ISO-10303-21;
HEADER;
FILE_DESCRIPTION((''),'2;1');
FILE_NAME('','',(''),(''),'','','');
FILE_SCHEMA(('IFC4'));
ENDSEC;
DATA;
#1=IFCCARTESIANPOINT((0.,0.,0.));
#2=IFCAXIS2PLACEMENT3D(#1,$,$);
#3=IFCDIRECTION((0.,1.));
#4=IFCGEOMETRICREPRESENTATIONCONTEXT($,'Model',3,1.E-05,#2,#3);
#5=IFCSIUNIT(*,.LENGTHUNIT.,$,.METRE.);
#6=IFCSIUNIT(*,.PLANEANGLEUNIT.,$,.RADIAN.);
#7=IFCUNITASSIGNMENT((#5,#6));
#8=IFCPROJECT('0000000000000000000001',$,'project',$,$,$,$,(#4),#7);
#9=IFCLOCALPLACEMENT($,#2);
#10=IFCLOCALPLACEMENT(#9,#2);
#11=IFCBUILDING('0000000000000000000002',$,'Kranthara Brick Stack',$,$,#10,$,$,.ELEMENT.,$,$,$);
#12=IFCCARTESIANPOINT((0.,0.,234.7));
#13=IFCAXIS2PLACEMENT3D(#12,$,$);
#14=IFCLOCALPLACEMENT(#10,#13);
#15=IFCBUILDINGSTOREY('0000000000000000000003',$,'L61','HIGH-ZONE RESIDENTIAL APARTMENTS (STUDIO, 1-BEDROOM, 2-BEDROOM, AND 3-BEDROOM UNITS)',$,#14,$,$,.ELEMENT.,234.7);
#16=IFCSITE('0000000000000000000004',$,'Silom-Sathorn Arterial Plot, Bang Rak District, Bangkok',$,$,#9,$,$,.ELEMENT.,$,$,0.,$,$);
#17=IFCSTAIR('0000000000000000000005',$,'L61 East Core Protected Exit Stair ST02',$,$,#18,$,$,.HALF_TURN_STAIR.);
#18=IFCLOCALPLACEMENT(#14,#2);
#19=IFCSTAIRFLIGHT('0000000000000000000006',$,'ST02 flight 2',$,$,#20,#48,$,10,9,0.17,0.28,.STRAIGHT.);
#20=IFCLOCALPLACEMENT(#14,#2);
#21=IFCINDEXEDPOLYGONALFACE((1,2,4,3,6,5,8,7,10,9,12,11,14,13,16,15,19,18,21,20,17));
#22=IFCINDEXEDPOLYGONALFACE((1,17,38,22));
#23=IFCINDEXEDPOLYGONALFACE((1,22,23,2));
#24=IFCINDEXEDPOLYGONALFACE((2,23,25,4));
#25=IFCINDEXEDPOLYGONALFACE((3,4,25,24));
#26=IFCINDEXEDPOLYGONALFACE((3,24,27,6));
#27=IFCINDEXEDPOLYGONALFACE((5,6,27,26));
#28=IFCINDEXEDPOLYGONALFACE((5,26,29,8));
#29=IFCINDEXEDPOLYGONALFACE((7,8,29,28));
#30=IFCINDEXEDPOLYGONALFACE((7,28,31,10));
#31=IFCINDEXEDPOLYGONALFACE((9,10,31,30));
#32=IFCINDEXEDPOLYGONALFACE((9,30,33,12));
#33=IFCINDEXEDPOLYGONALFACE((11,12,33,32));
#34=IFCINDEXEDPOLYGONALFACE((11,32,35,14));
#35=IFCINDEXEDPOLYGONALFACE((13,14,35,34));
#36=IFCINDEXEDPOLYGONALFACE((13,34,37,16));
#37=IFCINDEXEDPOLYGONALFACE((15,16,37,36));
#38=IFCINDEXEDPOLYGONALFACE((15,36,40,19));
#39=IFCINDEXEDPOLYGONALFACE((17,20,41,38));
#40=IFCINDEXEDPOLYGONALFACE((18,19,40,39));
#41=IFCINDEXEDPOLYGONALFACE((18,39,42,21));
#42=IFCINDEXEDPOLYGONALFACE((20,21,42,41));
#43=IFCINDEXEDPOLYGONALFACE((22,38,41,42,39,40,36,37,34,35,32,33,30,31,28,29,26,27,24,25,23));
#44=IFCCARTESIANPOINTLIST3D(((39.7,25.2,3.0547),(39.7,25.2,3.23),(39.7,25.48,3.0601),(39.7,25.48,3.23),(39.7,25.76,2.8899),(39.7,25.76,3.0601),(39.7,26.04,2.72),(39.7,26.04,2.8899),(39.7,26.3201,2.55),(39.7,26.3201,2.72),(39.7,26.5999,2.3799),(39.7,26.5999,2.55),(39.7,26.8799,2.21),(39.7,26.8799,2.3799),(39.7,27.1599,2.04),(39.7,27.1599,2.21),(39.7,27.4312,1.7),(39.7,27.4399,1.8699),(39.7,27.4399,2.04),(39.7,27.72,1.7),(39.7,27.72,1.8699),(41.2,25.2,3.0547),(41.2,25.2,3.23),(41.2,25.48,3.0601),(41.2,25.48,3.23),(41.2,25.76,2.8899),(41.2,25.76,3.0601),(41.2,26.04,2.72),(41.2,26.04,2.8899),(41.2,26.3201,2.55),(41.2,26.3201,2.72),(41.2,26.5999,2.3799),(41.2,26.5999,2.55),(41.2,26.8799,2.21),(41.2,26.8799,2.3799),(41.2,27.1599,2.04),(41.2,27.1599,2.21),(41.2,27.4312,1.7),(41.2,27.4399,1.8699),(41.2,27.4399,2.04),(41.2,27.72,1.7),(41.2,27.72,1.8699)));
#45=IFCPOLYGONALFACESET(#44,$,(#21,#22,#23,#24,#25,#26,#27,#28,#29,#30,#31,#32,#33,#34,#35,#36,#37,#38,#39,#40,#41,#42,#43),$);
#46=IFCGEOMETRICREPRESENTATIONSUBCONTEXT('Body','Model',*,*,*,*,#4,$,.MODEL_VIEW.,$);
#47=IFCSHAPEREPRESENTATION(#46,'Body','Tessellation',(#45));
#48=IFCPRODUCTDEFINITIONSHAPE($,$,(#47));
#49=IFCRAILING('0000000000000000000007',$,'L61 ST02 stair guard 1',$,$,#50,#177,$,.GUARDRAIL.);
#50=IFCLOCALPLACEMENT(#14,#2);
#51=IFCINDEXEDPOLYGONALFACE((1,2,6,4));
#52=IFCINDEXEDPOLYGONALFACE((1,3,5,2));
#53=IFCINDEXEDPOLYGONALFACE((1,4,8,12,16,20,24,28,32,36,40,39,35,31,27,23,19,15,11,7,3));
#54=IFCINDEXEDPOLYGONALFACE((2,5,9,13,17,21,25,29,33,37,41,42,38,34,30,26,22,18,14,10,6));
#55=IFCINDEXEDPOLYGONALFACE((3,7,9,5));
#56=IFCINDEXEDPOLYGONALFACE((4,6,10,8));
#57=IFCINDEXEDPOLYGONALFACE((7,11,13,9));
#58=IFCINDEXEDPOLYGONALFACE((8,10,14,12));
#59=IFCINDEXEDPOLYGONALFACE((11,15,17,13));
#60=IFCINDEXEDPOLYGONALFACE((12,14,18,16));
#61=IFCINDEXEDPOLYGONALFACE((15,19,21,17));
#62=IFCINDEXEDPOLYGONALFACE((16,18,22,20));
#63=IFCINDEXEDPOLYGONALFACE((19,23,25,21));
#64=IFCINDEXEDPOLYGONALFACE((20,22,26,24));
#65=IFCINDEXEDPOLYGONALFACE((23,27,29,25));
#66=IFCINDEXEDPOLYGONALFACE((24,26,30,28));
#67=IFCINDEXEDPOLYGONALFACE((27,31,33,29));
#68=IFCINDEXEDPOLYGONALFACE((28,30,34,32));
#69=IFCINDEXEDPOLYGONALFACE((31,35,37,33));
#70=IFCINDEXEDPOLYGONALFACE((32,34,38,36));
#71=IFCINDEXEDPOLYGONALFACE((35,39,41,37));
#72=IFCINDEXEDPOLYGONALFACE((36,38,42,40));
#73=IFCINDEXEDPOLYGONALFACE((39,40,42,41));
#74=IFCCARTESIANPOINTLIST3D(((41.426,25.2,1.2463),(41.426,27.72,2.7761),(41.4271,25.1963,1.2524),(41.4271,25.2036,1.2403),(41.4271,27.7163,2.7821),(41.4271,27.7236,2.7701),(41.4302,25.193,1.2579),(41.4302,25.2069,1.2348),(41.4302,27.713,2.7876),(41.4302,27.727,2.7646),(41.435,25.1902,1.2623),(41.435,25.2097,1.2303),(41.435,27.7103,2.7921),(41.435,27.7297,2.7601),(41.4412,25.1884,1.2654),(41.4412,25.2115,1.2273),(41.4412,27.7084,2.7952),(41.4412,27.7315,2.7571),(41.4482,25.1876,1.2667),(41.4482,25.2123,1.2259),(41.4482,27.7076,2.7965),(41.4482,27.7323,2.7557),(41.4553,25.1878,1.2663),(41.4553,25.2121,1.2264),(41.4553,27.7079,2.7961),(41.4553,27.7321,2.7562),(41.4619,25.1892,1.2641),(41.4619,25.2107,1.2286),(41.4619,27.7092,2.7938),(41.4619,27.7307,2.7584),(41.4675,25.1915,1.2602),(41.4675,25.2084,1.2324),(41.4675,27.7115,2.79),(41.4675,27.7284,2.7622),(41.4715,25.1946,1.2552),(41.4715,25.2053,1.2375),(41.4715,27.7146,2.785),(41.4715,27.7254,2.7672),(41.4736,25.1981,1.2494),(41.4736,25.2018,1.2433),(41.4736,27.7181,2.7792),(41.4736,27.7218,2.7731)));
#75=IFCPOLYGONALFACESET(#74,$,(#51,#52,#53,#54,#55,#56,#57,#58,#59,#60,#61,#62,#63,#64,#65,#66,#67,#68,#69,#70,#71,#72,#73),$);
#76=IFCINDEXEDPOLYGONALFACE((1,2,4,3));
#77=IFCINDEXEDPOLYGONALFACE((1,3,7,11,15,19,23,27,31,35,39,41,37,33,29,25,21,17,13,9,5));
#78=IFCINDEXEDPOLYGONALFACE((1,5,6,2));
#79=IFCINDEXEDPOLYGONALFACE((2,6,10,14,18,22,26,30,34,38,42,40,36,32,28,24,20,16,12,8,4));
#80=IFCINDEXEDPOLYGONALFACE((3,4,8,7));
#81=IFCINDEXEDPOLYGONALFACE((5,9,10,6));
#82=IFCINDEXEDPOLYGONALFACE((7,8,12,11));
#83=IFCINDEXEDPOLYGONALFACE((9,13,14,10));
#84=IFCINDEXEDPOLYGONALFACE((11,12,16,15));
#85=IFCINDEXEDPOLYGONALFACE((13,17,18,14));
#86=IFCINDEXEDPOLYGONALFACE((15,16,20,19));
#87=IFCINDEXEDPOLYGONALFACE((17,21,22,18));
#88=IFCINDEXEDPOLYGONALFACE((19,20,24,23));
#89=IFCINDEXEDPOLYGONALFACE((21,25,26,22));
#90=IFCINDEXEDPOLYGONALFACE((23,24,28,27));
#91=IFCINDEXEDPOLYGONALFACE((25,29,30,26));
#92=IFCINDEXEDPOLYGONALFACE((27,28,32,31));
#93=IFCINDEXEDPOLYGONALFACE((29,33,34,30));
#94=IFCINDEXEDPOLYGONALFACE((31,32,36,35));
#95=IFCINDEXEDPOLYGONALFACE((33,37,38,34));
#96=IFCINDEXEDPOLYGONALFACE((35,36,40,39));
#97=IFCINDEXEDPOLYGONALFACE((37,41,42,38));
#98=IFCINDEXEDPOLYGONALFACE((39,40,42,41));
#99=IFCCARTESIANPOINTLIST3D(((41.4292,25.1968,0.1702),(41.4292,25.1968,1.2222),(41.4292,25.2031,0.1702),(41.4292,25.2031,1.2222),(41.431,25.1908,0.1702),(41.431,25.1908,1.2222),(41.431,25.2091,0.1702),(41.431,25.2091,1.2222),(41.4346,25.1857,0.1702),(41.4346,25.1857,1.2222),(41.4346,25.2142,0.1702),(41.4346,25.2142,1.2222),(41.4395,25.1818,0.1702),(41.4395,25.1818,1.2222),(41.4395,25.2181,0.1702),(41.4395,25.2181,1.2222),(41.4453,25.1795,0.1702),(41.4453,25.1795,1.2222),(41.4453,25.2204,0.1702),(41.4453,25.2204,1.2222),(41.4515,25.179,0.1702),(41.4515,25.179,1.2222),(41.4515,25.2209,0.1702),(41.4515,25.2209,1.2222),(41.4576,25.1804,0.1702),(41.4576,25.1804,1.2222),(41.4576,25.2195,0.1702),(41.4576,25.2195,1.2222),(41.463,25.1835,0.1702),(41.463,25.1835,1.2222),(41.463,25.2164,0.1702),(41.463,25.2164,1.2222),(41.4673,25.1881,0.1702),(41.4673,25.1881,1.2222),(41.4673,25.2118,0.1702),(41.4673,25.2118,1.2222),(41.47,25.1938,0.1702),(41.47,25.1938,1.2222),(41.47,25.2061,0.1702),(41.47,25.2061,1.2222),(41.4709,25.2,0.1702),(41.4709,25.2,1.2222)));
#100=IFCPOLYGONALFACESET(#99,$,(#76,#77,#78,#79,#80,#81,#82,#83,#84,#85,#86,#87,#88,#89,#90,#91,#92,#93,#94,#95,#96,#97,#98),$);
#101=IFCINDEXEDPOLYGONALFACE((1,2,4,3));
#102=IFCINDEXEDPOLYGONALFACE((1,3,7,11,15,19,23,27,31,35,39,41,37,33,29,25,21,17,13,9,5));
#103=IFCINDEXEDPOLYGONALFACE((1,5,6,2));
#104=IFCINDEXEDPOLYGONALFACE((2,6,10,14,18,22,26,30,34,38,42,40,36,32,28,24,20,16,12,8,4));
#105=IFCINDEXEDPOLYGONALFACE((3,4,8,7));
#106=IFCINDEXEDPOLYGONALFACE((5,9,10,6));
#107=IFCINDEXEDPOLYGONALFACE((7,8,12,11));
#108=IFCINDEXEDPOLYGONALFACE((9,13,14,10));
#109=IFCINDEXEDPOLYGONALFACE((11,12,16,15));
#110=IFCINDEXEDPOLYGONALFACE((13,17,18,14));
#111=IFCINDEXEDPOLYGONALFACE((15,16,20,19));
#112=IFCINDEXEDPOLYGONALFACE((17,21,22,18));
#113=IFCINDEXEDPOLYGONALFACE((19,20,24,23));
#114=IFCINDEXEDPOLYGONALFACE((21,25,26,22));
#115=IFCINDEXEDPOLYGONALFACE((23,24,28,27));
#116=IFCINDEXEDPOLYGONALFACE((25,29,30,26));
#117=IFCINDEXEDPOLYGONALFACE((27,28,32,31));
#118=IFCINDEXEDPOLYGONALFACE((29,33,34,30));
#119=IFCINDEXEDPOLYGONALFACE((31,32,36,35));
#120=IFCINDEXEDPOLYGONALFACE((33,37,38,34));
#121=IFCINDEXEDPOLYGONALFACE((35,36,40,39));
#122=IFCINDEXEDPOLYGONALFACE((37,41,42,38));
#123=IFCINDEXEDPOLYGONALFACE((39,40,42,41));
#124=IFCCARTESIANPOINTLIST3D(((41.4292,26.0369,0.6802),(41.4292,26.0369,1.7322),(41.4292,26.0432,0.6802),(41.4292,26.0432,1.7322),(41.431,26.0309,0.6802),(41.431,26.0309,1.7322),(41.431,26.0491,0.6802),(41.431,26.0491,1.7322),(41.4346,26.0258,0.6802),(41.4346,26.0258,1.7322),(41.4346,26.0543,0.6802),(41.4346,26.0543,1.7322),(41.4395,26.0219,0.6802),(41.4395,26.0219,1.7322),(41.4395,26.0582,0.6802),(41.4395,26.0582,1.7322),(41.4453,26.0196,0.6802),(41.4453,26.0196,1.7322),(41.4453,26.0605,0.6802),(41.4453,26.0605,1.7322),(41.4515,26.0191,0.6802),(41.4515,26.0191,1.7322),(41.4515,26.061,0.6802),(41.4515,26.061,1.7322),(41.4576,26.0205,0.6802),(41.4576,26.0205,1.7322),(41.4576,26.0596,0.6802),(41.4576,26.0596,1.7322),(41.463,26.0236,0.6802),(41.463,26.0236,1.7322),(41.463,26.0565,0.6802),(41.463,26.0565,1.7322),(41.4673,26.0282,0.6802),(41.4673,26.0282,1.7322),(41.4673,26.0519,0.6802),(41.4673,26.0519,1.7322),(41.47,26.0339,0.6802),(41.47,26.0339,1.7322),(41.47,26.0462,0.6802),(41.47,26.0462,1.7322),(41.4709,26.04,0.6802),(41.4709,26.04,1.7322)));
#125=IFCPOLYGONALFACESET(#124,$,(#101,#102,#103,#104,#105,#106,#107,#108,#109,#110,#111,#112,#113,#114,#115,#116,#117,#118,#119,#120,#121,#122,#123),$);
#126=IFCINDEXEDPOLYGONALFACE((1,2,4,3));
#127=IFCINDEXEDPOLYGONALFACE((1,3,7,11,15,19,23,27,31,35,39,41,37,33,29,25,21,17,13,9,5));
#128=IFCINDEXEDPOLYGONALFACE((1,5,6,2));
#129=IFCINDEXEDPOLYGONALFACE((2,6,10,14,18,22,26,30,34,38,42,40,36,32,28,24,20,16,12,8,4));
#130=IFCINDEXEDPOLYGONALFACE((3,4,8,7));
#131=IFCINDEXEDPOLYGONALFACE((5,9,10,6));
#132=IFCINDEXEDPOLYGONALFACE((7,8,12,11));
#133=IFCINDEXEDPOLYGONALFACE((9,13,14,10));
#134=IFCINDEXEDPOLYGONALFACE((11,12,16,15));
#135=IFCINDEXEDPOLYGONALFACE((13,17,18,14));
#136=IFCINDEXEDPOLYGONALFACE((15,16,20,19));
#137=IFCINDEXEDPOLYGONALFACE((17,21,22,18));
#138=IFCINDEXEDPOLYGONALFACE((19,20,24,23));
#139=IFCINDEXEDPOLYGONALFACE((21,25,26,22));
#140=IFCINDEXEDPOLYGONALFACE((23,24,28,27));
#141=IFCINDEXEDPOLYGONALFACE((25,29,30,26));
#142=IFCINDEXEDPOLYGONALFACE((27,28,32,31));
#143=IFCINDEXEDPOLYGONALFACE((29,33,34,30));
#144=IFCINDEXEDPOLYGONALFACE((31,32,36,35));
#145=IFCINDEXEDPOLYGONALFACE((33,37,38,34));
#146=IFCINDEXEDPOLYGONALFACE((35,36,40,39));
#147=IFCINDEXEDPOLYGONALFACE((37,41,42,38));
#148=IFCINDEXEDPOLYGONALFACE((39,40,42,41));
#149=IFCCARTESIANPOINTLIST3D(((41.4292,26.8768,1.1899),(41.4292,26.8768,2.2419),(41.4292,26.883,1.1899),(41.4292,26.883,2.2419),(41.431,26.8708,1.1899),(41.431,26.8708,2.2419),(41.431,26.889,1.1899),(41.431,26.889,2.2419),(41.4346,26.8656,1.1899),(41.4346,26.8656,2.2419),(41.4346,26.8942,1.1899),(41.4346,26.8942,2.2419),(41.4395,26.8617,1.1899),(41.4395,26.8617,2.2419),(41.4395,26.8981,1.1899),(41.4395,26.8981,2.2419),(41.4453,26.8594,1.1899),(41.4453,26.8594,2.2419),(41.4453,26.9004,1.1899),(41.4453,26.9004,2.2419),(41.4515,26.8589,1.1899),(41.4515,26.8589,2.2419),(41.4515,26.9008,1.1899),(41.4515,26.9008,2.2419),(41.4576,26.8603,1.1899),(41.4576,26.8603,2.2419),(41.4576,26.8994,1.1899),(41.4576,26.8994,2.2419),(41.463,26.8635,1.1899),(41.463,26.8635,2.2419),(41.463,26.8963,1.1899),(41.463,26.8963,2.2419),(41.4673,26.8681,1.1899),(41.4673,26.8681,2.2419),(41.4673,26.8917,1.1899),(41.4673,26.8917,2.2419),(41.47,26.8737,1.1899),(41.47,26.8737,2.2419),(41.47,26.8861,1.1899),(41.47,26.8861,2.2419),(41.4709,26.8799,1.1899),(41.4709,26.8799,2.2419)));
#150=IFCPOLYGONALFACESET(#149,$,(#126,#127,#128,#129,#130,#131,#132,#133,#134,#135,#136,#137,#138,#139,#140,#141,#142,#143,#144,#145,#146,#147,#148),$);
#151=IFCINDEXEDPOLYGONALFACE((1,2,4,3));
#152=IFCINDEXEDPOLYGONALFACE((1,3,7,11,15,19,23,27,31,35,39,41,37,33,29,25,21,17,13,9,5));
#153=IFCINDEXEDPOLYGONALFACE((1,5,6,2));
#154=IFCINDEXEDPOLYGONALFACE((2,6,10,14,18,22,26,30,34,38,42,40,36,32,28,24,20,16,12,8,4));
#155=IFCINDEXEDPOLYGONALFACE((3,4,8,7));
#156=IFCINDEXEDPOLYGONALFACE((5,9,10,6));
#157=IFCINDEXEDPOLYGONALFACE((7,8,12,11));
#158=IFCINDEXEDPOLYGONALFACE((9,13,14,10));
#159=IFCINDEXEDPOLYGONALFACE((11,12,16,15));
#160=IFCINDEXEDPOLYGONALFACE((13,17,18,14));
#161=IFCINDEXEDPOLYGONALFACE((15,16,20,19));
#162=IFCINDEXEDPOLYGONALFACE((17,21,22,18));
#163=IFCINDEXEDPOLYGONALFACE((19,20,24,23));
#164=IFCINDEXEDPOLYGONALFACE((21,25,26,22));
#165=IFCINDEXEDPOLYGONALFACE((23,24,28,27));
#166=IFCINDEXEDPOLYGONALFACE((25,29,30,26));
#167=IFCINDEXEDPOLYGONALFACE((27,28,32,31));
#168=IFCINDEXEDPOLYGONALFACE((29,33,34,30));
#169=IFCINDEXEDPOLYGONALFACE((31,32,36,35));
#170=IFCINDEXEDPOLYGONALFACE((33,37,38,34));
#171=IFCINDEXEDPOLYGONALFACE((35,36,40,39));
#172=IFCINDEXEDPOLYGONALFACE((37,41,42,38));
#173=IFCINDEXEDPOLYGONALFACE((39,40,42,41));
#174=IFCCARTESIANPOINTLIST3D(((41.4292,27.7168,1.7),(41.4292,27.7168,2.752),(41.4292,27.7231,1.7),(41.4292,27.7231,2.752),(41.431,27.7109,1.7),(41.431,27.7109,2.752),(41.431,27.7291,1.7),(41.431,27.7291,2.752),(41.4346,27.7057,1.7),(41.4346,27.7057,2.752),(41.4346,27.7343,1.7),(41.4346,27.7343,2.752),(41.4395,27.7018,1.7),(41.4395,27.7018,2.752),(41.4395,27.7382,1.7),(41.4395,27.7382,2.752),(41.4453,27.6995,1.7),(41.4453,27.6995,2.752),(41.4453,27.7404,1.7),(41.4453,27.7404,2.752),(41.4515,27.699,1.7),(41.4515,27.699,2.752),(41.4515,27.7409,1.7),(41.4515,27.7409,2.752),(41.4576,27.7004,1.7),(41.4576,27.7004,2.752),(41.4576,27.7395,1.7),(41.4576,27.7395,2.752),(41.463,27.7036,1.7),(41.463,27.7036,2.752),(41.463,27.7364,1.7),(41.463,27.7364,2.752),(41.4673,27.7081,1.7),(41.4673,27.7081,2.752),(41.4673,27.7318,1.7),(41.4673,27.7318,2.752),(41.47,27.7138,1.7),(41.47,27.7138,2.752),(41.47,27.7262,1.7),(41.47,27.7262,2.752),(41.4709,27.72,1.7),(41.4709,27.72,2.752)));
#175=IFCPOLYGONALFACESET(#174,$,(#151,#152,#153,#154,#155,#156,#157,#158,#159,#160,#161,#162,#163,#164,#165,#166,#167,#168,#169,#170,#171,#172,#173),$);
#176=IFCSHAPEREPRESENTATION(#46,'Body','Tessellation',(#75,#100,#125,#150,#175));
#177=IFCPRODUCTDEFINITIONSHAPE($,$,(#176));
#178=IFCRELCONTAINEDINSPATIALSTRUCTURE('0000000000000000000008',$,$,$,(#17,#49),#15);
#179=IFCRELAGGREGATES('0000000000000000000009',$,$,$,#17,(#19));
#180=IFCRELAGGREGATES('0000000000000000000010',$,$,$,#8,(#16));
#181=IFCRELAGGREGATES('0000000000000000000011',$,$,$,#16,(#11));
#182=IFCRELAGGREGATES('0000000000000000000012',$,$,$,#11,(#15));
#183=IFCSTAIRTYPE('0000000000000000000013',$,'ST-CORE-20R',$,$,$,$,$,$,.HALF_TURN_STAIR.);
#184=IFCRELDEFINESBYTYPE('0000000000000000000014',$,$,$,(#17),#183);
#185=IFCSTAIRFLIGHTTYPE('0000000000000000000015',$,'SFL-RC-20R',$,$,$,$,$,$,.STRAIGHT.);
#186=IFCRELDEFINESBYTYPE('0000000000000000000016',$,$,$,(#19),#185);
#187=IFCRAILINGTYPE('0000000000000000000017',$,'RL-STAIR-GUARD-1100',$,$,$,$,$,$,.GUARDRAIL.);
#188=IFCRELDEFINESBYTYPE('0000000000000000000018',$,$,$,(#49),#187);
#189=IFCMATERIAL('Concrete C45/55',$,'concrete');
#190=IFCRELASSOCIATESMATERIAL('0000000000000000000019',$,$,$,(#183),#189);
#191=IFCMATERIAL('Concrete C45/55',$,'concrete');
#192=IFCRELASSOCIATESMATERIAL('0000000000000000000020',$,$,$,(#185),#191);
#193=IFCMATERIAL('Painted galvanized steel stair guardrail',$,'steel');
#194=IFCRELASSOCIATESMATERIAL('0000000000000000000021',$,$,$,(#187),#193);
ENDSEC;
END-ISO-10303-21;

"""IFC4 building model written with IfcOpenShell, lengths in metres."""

from ifc_helpers import new_model, si_unit, direction, frame, origin, origin_2d, place, context, subcontext, project, spatial, polyline, circle, outline, extrude, material, type_object, element, aggregate, save


model = new_model("IFC4")

# Units and contexts
model_context = context("Model", 3, precision=1e-05, world=origin(), true_north=direction((0.0, 1.0)))
body_context = subcontext(model_context, "Body", "Model", "MODEL_VIEW")
ifc_project = project(units=[si_unit("LENGTHUNIT", "METRE"), si_unit("PLANEANGLEUNIT", "RADIAN")], contexts=[model_context])

# Site, building, storey
site_placement = place(None, origin())
site = spatial("IfcSite", under=ifc_project, at=site_placement, Name="Silom-Sathorn Arterial Plot, Bang Rak District, Bangkok", CompositionType="ELEMENT", RefElevation=0.0)
building_placement = place(site_placement, origin())
building = spatial("IfcBuilding", under=site, at=building_placement, Name="Kranthara Brick Stack", CompositionType="ELEMENT")
storey_placement = place(building_placement, frame((0.0, 0.0, 234.7)))
storey = spatial("IfcBuildingStorey", under=building, at=storey_placement, Name="L61", Description="HIGH-ZONE RESIDENTIAL APARTMENTS (STUDIO, 1-BEDROOM, 2-BEDROOM, AND 3-BEDROOM UNITS)", CompositionType="ELEMENT", Elevation=234.7)

# Stair, stair flight
ifc_material_1 = material(Name="Concrete C45/55", Category="concrete")
stair_type = type_object("IfcStairType", Name="ST-CORE-20R", PredefinedType="HALF_TURN_STAIR", material=ifc_material_1)
stair_placement = place(storey_placement, origin())
stair = element("IfcStair", 1, at=stair_placement, inside=storey, type_object=stair_type, Name="L61 East Core Protected Exit Stair ST02", PredefinedType="HALF_TURN_STAIR")
ifc_material_2 = material(Name="Concrete C45/55", Category="concrete")
stair_flight_type = type_object("IfcStairFlightType", Name="SFL-RC-20R", PredefinedType="STRAIGHT", material=ifc_material_2)
stair_flight_1_placement = place(storey_placement, frame((40.45, 27.72, 1.7), z_axis=(0.0, 0.0, 1.0), x_axis=(0.0, -1.0, 0.0)))
stair_flight_1 = element("IfcStairFlight", 2, at=stair_flight_1_placement, type_object=stair_flight_type, Name="ST02 flight 2", NumberOfRisers=10, NumberOfTreads=9, PredefinedType="STRAIGHT", RiserHeight=0.17, TreadLength=0.28, context=body_context, shape_type="SweptSolid", body=[
    extrude(outline(polyline([(0.0, 0.0), (0.0, 0.1699), (0.28, 0.1699), (0.28, 0.3401), (0.5601, 0.3401), (0.5601, 0.51), (0.8401, 0.51), (0.8401, 0.6799), (1.1201, 0.6799), (1.1201, 0.8501), (1.3999, 0.8501), (1.3999, 1.02), (1.6799, 1.02), (1.6799, 1.1899), (1.96, 1.1899), (1.96, 1.3601), (2.24, 1.3601), (2.24, 1.53), (2.52, 1.53), (2.52, 1.7), (2.52, 1.3547), (0.2888, 0.0), (0.0, 0.0)])), frame((0.0, 0.75, 0.0), z_axis=(0.0, -1.0, 0.0), x_axis=(1.0, 0.0, 0.0)), (0.0, 0.0, 1.0), 1.5),
])
aggregate(stair, [stair_flight_1])

# Railing
ifc_material_3 = material(Name="Painted galvanized steel stair guardrail", Category="steel")
railing_type_1 = type_object("IfcRailingType", Name="RL-STAIR-GUARD-1100", PredefinedType="GUARDRAIL", material=ifc_material_3)
railing_1_placement = place(storey_placement, frame((41.45, 25.2, 0.1702)))
element("IfcRailing", 3, at=railing_1_placement, inside=storey, type_object=railing_type_1, Name="L61 ST02 stair guard 1", PredefinedType="GUARDRAIL", context=body_context, shape_type="SweptSolid", body=[
    extrude(circle(Radius=0.0239, at=origin_2d()), frame((0.0, 0.0, 1.0762), z_axis=(0.0, 0.854822, 0.518922), x_axis=(-1.0, 0.0, 0.0)), (0.0, 0.0, 1.0), 2.948),
    extrude(circle(Radius=0.021, at=origin_2d()), origin(), (0.0, 0.0, 1.0), 1.052),
    extrude(circle(Radius=0.021, at=origin_2d()), frame((0.0, 0.8401, 0.51)), (0.0, 0.0, 1.0), 1.052),
    extrude(circle(Radius=0.021, at=origin_2d()), frame((0.0, 1.6799, 1.0198)), (0.0, 0.0, 1.0), 1.052),
    extrude(circle(Radius=0.021, at=origin_2d()), frame((0.0, 2.52, 1.5298)), (0.0, 0.0, 1.0), 1.052),
])

save(model, "model.ifc")
